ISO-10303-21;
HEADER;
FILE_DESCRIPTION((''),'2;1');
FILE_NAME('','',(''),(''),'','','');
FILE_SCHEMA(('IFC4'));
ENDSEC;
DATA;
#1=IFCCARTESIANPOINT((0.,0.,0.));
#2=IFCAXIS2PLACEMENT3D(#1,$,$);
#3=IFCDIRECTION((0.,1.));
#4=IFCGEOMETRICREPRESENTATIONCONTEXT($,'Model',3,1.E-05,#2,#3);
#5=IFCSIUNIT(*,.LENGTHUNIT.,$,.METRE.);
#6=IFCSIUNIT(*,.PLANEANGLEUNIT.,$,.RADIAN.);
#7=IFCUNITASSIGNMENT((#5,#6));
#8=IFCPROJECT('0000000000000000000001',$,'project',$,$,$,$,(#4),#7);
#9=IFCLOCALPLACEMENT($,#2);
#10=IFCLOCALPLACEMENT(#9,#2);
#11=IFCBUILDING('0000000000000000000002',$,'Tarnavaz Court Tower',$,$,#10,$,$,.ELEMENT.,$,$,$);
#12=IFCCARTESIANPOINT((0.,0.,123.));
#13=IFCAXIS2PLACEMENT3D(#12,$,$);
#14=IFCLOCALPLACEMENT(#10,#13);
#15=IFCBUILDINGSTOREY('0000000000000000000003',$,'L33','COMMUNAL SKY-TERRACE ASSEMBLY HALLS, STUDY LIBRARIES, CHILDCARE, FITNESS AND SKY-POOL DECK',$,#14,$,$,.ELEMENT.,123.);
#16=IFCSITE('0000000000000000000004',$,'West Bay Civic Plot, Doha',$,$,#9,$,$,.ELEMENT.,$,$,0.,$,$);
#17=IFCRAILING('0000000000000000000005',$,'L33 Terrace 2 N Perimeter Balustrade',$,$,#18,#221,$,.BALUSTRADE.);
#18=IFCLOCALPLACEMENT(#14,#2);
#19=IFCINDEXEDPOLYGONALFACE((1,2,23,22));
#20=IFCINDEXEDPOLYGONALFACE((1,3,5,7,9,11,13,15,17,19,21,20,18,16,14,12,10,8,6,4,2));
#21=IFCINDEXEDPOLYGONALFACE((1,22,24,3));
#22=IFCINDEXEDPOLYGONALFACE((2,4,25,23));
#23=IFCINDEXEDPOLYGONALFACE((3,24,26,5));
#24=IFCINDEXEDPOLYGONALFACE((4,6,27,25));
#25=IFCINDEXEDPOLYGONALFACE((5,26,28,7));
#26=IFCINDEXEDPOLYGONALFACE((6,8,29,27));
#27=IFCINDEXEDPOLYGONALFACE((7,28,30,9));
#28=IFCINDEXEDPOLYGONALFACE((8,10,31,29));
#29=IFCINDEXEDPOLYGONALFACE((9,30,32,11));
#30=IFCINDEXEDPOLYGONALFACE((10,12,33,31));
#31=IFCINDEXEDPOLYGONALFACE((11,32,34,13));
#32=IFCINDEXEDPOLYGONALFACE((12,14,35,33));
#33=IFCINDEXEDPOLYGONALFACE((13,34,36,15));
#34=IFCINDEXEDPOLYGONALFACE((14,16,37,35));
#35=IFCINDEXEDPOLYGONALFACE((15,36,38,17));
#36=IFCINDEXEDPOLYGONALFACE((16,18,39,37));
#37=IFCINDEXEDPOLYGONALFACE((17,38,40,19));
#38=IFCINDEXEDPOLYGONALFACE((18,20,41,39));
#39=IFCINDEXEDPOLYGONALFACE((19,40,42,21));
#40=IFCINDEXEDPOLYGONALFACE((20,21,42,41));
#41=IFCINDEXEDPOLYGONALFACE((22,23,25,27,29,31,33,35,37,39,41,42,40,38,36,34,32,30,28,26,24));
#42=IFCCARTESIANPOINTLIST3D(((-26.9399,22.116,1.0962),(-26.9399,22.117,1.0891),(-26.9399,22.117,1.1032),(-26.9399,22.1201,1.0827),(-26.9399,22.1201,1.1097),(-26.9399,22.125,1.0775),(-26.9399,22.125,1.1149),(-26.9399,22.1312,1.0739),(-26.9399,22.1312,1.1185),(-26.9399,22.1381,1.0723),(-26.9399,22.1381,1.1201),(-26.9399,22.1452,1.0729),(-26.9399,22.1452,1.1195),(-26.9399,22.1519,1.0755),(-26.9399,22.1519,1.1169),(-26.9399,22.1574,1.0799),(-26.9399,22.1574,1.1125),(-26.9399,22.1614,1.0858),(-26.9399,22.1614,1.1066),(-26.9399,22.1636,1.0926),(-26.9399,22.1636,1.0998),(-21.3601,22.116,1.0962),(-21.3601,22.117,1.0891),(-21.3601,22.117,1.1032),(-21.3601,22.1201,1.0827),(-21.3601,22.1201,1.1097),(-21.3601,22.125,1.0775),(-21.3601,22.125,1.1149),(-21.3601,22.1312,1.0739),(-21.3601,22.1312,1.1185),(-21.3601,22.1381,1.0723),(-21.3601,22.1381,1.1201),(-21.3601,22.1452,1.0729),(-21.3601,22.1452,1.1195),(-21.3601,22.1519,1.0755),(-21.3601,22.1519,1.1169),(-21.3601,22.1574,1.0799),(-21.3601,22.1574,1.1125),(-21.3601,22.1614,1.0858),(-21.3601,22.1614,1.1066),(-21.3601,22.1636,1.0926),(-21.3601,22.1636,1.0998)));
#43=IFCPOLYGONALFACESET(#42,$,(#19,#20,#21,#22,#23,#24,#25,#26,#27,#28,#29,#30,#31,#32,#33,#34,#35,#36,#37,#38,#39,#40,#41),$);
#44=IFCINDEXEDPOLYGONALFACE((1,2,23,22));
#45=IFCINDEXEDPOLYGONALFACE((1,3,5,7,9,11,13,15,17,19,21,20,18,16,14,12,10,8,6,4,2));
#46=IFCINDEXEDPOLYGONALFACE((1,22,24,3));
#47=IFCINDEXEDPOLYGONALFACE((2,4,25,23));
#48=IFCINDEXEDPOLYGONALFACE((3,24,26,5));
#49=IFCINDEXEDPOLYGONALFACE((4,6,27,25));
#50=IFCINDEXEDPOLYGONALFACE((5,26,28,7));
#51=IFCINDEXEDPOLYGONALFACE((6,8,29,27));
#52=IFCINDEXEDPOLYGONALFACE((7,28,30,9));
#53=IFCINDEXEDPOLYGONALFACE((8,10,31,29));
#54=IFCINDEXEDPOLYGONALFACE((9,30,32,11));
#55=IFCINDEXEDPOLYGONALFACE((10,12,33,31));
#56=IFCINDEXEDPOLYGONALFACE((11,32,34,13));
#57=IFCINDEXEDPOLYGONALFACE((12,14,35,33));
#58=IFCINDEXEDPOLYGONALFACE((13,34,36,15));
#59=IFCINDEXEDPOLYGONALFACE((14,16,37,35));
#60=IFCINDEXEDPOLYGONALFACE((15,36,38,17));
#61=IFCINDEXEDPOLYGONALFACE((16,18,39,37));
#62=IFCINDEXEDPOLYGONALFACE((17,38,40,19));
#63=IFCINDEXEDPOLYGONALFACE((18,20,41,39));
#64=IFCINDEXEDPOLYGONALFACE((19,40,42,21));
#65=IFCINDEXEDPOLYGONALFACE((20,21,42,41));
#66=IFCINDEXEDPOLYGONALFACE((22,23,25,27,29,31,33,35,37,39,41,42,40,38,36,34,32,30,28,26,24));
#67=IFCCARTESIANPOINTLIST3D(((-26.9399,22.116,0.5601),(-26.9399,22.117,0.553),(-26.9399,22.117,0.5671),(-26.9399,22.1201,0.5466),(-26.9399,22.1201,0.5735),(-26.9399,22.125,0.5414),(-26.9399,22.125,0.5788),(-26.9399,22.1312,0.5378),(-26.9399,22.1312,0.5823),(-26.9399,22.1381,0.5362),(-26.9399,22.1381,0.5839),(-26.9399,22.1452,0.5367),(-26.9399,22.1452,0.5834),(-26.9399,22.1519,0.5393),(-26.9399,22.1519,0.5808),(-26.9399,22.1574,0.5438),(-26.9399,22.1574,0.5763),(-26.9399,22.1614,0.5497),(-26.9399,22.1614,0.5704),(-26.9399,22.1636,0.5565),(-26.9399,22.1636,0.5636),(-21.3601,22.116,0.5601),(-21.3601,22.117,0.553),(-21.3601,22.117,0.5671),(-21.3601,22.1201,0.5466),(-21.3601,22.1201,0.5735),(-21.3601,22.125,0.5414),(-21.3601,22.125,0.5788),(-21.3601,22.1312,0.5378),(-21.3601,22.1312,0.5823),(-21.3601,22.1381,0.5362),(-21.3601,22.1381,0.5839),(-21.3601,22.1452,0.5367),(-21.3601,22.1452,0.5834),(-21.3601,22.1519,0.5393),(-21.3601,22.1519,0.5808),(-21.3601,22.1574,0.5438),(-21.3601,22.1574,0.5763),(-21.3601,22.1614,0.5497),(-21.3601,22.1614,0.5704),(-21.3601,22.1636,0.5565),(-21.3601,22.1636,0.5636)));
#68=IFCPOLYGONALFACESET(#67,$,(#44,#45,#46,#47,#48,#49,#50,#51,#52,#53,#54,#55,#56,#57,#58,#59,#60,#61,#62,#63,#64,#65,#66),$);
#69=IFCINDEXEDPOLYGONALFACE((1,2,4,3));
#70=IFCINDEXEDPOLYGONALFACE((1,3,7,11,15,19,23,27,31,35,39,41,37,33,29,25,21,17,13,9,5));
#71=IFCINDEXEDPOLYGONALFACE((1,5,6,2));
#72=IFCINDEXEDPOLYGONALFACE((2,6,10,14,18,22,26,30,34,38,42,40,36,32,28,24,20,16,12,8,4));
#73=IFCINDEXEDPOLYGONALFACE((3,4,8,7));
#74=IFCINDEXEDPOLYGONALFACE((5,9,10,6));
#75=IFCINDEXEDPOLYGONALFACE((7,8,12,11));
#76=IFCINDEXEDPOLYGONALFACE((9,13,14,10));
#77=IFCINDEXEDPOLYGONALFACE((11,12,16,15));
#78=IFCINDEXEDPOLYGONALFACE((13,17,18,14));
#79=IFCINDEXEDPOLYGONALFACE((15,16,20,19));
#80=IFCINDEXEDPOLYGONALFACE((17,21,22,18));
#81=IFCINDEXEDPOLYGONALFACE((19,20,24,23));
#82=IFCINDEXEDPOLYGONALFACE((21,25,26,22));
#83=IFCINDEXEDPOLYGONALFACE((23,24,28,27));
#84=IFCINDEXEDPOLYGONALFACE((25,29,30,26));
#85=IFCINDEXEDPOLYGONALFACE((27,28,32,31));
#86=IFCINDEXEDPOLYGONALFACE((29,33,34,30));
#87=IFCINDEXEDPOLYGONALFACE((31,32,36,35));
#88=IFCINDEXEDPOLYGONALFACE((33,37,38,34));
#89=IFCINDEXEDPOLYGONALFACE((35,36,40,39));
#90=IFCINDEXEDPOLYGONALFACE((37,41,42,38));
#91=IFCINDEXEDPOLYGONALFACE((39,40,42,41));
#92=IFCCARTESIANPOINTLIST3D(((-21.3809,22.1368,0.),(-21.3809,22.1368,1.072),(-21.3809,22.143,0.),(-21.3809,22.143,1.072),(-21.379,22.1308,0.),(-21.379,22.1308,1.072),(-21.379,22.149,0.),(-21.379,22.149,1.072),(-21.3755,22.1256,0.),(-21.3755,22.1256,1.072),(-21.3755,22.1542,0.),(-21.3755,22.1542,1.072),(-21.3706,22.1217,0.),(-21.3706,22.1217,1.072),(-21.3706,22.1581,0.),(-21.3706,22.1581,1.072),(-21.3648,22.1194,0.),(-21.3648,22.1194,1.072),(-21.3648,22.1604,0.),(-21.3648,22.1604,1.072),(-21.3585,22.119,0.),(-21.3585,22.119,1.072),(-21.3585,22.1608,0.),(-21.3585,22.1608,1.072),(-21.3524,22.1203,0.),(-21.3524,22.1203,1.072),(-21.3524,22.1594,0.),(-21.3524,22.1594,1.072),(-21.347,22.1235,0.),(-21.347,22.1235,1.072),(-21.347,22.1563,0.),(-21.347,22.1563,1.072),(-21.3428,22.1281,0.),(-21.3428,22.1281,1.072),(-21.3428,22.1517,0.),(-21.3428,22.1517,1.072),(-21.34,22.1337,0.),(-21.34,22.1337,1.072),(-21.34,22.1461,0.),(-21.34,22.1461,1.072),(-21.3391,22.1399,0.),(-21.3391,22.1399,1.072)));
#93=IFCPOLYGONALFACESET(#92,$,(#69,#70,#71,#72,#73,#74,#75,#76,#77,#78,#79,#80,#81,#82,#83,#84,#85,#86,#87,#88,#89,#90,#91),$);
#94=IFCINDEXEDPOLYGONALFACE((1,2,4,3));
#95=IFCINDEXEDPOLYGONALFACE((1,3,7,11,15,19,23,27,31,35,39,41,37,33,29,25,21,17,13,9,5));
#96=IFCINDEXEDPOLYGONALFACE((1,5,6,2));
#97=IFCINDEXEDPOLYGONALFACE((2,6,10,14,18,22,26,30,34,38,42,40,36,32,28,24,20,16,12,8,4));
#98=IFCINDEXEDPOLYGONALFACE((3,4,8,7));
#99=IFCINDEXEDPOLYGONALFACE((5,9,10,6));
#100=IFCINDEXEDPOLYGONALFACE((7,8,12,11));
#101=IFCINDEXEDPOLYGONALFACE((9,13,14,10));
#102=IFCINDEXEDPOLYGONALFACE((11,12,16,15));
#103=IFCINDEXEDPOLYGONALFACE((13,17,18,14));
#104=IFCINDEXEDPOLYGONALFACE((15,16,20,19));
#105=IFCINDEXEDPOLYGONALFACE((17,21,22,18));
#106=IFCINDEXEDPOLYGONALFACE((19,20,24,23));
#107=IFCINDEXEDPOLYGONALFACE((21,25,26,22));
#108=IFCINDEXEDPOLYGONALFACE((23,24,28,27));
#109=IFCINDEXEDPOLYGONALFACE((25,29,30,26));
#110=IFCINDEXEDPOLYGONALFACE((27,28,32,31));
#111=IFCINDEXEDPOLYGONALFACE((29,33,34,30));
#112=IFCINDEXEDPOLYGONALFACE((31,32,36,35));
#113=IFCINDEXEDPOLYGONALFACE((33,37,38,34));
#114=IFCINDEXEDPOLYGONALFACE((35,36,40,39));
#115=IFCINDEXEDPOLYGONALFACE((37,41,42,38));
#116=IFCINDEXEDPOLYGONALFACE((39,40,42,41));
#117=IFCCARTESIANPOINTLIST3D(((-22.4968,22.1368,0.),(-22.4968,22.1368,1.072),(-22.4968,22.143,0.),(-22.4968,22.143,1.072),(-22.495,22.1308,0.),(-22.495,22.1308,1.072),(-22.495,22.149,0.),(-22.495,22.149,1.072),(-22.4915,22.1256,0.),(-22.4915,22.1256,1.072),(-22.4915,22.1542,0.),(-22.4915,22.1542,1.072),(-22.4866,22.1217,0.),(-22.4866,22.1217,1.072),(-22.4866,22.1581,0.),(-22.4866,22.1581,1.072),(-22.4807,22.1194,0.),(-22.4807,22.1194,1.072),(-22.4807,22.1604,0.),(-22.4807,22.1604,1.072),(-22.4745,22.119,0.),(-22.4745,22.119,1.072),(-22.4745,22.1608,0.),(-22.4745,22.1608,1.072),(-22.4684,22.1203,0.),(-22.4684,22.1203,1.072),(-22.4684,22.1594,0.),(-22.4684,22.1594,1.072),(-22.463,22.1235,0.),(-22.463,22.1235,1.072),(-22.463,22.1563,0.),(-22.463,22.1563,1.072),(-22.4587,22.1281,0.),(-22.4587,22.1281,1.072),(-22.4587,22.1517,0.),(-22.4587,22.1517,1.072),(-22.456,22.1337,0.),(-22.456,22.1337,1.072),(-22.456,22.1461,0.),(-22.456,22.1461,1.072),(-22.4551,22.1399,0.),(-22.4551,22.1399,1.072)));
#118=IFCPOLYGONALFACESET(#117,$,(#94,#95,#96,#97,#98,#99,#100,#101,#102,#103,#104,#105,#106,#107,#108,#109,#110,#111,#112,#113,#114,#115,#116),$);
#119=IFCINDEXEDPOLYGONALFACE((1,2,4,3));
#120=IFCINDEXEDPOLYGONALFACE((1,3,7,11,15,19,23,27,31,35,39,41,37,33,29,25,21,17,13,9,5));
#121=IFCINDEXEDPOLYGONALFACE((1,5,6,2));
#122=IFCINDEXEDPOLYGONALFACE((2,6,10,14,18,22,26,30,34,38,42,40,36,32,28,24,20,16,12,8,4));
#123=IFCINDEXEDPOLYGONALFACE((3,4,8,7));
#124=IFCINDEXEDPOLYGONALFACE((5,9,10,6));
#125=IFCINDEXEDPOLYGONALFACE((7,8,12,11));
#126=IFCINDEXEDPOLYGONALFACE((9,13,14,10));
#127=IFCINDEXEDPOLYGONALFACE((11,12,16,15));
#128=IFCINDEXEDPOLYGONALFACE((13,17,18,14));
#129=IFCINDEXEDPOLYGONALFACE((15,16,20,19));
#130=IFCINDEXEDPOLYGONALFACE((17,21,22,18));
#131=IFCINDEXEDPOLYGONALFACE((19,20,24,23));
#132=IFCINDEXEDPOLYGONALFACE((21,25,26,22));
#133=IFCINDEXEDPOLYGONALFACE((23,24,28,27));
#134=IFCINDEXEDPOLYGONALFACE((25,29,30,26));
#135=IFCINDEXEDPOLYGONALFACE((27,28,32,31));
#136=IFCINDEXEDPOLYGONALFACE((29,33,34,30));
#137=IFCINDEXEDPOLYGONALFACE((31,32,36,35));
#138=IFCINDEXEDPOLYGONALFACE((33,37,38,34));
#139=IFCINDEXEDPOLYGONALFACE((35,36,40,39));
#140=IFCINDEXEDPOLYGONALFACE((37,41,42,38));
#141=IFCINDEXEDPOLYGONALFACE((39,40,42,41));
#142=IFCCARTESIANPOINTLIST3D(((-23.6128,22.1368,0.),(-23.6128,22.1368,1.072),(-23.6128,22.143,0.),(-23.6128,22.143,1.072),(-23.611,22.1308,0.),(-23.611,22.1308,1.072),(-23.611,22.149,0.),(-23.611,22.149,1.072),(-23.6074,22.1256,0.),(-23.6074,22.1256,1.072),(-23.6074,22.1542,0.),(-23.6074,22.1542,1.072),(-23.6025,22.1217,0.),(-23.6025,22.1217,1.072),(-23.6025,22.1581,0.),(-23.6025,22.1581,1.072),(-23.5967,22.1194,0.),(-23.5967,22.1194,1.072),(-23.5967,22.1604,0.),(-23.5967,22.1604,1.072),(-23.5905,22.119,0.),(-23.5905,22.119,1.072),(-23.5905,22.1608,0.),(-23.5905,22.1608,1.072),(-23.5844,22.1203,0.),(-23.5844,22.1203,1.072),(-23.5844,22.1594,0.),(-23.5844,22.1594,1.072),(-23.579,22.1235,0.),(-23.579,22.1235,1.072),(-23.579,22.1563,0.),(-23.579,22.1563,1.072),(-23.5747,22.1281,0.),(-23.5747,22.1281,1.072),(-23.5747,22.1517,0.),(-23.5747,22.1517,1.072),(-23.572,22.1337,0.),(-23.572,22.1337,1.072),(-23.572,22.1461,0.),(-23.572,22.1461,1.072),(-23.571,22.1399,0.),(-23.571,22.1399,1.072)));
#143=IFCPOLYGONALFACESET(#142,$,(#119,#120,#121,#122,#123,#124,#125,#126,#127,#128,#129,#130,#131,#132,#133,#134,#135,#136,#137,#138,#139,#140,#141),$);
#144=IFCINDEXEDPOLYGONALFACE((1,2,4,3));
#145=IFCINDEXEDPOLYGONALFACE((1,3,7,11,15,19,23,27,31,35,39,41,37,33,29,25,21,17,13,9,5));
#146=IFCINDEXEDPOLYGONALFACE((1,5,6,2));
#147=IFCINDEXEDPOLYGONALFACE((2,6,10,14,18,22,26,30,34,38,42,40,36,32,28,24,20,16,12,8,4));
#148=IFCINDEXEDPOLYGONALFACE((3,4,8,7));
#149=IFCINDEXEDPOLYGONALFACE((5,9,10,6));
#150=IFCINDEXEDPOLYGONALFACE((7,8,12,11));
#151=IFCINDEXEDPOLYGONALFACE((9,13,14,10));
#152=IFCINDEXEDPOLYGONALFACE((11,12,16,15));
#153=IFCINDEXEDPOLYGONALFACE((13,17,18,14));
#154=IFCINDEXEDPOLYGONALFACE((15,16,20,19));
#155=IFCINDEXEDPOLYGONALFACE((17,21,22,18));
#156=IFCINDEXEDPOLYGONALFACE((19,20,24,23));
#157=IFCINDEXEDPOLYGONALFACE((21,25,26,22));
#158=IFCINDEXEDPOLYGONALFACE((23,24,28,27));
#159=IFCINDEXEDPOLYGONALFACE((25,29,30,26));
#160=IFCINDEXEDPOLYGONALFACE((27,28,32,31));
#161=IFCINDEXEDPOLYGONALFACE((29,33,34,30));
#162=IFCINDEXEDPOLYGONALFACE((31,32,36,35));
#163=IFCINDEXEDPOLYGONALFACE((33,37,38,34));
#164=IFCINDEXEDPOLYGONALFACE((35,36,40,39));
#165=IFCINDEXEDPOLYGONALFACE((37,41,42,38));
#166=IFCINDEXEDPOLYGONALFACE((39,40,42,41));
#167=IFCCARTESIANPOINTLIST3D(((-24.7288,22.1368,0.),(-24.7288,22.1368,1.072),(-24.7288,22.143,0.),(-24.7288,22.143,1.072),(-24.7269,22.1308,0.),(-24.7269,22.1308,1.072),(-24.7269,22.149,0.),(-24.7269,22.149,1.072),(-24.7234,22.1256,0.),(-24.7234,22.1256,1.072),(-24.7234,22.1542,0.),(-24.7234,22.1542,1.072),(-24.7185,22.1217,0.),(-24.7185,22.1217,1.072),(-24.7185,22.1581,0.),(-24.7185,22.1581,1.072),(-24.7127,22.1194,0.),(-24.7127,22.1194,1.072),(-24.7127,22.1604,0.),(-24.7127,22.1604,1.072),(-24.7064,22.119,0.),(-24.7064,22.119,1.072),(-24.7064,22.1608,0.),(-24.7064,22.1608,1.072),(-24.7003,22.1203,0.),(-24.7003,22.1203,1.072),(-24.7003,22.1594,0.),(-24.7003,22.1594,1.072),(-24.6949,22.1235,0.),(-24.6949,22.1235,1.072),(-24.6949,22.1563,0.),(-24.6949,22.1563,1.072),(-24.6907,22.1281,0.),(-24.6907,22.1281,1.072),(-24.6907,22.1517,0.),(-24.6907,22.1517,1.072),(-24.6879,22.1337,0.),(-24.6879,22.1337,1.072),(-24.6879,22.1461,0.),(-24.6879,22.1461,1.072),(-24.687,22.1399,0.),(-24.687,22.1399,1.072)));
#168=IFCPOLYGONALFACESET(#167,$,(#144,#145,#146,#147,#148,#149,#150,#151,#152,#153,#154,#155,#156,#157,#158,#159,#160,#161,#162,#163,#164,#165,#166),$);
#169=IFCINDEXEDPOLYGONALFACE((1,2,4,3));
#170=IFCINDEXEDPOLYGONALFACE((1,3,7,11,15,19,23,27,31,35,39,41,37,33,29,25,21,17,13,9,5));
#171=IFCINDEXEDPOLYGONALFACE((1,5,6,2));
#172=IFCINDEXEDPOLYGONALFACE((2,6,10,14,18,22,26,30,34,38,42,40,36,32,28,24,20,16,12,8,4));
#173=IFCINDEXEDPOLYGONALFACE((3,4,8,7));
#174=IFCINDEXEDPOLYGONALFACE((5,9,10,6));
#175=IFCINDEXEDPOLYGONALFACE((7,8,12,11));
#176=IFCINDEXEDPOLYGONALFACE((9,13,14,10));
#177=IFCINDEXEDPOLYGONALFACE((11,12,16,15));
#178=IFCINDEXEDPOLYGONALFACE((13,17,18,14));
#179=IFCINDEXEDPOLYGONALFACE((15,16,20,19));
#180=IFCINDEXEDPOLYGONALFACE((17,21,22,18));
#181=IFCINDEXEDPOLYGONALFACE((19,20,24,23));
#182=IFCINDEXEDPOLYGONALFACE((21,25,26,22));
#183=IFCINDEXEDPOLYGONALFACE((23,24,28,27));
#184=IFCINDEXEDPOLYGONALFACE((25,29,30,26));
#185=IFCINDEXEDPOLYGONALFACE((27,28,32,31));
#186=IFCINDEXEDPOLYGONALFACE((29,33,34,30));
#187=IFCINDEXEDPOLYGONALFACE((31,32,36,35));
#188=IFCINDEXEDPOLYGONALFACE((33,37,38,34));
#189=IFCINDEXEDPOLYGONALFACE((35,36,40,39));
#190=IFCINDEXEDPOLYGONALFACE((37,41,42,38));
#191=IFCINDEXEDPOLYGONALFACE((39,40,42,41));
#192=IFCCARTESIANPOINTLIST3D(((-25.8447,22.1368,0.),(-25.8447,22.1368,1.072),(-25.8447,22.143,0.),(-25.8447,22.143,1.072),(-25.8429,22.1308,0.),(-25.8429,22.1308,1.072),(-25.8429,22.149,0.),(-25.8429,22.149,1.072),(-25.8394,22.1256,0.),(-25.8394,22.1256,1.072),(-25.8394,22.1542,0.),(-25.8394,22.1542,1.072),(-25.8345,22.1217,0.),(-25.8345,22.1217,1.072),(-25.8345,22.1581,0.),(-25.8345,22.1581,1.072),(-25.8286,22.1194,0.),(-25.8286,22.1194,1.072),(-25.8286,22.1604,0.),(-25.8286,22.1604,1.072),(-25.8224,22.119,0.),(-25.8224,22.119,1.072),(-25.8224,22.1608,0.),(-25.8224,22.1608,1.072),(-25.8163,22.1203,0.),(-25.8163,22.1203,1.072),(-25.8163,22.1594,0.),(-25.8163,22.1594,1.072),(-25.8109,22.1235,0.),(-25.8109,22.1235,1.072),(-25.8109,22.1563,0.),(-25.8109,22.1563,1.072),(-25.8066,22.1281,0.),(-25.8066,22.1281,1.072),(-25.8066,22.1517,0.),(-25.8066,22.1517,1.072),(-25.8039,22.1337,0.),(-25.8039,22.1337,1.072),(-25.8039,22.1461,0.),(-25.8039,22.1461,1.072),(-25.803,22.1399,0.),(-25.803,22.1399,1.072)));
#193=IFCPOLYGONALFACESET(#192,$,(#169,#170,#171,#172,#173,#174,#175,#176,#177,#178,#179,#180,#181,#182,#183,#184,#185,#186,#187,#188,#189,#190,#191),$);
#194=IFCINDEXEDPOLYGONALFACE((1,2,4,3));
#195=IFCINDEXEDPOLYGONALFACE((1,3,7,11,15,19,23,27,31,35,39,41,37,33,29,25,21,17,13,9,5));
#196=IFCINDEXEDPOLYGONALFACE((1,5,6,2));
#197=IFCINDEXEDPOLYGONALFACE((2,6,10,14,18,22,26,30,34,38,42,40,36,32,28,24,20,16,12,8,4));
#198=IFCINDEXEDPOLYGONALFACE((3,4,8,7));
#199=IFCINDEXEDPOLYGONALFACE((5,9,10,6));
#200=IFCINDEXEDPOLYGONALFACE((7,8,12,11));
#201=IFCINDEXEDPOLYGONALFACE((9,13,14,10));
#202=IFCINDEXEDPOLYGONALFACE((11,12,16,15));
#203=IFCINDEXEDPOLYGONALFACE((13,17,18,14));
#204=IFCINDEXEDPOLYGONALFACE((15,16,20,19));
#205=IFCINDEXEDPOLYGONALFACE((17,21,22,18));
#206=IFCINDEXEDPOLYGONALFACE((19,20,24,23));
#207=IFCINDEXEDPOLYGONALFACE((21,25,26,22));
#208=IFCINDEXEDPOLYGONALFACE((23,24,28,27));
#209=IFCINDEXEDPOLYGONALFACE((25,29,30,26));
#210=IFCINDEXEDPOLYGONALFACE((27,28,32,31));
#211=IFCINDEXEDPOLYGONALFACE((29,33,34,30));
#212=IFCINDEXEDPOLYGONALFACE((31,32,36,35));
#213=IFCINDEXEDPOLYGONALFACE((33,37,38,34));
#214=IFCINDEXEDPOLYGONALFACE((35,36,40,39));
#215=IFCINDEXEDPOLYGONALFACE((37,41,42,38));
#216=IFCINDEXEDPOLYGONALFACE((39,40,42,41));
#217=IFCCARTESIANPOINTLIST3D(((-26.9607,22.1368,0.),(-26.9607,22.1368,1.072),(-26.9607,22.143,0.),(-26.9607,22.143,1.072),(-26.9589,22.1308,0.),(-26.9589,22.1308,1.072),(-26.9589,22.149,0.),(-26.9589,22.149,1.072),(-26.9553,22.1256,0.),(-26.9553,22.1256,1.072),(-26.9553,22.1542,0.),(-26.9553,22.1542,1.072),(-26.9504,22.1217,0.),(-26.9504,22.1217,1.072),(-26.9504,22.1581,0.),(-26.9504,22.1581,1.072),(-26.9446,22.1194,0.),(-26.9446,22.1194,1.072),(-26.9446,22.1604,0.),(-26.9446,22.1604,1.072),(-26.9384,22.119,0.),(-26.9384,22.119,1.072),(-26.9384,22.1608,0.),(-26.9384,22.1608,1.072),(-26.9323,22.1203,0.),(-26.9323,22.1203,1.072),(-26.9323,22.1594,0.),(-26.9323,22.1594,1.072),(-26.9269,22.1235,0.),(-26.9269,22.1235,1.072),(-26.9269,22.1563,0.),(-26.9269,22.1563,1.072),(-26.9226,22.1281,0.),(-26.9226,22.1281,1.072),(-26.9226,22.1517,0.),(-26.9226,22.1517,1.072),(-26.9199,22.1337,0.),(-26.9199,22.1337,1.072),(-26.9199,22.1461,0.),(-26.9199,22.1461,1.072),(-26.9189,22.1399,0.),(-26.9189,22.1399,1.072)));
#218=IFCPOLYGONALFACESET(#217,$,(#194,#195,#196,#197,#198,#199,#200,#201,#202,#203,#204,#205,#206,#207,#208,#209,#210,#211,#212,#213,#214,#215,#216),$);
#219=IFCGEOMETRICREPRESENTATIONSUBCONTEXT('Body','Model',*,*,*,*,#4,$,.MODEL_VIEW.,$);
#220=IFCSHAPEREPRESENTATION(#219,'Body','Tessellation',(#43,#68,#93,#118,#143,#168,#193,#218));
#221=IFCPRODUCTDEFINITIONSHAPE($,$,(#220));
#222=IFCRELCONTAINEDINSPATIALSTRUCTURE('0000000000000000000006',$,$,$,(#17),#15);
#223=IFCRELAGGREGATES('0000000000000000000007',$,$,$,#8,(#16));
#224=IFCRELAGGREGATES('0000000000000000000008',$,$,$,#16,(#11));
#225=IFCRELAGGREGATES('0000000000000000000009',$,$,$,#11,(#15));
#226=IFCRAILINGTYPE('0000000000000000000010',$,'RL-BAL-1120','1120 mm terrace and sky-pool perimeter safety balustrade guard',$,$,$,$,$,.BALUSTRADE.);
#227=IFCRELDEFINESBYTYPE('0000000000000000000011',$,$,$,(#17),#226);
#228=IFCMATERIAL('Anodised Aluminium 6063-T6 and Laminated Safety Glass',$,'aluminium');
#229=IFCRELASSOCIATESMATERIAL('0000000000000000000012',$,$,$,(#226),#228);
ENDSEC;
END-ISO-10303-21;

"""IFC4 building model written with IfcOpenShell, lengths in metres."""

from ifc_helpers import new_model, si_unit, direction, frame, origin, origin_2d, place, context, subcontext, project, spatial, circle, extrude, material, type_object, element, save


model = new_model("IFC4")

# Units and contexts
model_context = context("Model", 3, precision=1e-05, world=origin(), true_north=direction((0.0, 1.0)))
body_context = subcontext(model_context, "Body", "Model", "MODEL_VIEW")
ifc_project = project(units=[si_unit("LENGTHUNIT", "METRE"), si_unit("PLANEANGLEUNIT", "RADIAN")], contexts=[model_context])

# Site, building, storey
site_placement = place(None, origin())
site = spatial("IfcSite", under=ifc_project, at=site_placement, Name="West Bay Civic Plot, Doha", CompositionType="ELEMENT", RefElevation=0.0)
building_placement = place(site_placement, origin())
building = spatial("IfcBuilding", under=site, at=building_placement, Name="Tarnavaz Court Tower", CompositionType="ELEMENT")
storey_placement = place(building_placement, frame((0.0, 0.0, 123.0)))
storey = spatial("IfcBuildingStorey", under=building, at=storey_placement, Name="L33", Description="COMMUNAL SKY-TERRACE ASSEMBLY HALLS, STUDY LIBRARIES, CHILDCARE, FITNESS AND SKY-POOL DECK", CompositionType="ELEMENT", Elevation=123.0)

# Railing
ifc_material_1 = material(Name="Anodised Aluminium 6063-T6 and Laminated Safety Glass", Category="aluminium")
railing_type = type_object("IfcRailingType", Name="RL-BAL-1120", Description="1120 mm terrace and sky-pool perimeter safety balustrade guard", PredefinedType="BALUSTRADE", material=ifc_material_1)
railing_1_placement = place(storey_placement, frame((-21.3601, 22.1399, 0.0)))
element("IfcRailing", 1, at=railing_1_placement, inside=storey, type_object=railing_type, Name="L33 Terrace 2 N Perimeter Balustrade", PredefinedType="BALUSTRADE", context=body_context, shape_type="SweptSolid", body=[
    extrude(circle(Radius=0.0239, at=origin_2d()), frame((0.0, 0.0, 1.0962), z_axis=(-1.0, 0.0, 0.0), x_axis=(0.0, -1.0, 0.0)), (0.0, 0.0, 1.0), 5.5798),
    extrude(circle(Radius=0.0239, at=origin_2d()), frame((0.0, 0.0, 0.5601), z_axis=(-1.0, 0.0, 0.0), x_axis=(0.0, -1.0, 0.0)), (0.0, 0.0, 1.0), 5.5798),
    extrude(circle(Radius=0.021, at=origin_2d()), origin(), (0.0, 0.0, 1.0), 1.072),
    extrude(circle(Radius=0.021, at=origin_2d()), frame((-1.116, 0.0, 0.0)), (0.0, 0.0, 1.0), 1.072),
    extrude(circle(Radius=0.021, at=origin_2d()), frame((-2.2319, 0.0, 0.0)), (0.0, 0.0, 1.0), 1.072),
    extrude(circle(Radius=0.021, at=origin_2d()), frame((-3.3479, 0.0, 0.0)), (0.0, 0.0, 1.0), 1.072),
    extrude(circle(Radius=0.021, at=origin_2d()), frame((-4.4639, 0.0, 0.0)), (0.0, 0.0, 1.0), 1.072),
    extrude(circle(Radius=0.021, at=origin_2d()), frame((-5.5798, 0.0, 0.0)), (0.0, 0.0, 1.0), 1.072),
])

save(model, "model.ifc")
